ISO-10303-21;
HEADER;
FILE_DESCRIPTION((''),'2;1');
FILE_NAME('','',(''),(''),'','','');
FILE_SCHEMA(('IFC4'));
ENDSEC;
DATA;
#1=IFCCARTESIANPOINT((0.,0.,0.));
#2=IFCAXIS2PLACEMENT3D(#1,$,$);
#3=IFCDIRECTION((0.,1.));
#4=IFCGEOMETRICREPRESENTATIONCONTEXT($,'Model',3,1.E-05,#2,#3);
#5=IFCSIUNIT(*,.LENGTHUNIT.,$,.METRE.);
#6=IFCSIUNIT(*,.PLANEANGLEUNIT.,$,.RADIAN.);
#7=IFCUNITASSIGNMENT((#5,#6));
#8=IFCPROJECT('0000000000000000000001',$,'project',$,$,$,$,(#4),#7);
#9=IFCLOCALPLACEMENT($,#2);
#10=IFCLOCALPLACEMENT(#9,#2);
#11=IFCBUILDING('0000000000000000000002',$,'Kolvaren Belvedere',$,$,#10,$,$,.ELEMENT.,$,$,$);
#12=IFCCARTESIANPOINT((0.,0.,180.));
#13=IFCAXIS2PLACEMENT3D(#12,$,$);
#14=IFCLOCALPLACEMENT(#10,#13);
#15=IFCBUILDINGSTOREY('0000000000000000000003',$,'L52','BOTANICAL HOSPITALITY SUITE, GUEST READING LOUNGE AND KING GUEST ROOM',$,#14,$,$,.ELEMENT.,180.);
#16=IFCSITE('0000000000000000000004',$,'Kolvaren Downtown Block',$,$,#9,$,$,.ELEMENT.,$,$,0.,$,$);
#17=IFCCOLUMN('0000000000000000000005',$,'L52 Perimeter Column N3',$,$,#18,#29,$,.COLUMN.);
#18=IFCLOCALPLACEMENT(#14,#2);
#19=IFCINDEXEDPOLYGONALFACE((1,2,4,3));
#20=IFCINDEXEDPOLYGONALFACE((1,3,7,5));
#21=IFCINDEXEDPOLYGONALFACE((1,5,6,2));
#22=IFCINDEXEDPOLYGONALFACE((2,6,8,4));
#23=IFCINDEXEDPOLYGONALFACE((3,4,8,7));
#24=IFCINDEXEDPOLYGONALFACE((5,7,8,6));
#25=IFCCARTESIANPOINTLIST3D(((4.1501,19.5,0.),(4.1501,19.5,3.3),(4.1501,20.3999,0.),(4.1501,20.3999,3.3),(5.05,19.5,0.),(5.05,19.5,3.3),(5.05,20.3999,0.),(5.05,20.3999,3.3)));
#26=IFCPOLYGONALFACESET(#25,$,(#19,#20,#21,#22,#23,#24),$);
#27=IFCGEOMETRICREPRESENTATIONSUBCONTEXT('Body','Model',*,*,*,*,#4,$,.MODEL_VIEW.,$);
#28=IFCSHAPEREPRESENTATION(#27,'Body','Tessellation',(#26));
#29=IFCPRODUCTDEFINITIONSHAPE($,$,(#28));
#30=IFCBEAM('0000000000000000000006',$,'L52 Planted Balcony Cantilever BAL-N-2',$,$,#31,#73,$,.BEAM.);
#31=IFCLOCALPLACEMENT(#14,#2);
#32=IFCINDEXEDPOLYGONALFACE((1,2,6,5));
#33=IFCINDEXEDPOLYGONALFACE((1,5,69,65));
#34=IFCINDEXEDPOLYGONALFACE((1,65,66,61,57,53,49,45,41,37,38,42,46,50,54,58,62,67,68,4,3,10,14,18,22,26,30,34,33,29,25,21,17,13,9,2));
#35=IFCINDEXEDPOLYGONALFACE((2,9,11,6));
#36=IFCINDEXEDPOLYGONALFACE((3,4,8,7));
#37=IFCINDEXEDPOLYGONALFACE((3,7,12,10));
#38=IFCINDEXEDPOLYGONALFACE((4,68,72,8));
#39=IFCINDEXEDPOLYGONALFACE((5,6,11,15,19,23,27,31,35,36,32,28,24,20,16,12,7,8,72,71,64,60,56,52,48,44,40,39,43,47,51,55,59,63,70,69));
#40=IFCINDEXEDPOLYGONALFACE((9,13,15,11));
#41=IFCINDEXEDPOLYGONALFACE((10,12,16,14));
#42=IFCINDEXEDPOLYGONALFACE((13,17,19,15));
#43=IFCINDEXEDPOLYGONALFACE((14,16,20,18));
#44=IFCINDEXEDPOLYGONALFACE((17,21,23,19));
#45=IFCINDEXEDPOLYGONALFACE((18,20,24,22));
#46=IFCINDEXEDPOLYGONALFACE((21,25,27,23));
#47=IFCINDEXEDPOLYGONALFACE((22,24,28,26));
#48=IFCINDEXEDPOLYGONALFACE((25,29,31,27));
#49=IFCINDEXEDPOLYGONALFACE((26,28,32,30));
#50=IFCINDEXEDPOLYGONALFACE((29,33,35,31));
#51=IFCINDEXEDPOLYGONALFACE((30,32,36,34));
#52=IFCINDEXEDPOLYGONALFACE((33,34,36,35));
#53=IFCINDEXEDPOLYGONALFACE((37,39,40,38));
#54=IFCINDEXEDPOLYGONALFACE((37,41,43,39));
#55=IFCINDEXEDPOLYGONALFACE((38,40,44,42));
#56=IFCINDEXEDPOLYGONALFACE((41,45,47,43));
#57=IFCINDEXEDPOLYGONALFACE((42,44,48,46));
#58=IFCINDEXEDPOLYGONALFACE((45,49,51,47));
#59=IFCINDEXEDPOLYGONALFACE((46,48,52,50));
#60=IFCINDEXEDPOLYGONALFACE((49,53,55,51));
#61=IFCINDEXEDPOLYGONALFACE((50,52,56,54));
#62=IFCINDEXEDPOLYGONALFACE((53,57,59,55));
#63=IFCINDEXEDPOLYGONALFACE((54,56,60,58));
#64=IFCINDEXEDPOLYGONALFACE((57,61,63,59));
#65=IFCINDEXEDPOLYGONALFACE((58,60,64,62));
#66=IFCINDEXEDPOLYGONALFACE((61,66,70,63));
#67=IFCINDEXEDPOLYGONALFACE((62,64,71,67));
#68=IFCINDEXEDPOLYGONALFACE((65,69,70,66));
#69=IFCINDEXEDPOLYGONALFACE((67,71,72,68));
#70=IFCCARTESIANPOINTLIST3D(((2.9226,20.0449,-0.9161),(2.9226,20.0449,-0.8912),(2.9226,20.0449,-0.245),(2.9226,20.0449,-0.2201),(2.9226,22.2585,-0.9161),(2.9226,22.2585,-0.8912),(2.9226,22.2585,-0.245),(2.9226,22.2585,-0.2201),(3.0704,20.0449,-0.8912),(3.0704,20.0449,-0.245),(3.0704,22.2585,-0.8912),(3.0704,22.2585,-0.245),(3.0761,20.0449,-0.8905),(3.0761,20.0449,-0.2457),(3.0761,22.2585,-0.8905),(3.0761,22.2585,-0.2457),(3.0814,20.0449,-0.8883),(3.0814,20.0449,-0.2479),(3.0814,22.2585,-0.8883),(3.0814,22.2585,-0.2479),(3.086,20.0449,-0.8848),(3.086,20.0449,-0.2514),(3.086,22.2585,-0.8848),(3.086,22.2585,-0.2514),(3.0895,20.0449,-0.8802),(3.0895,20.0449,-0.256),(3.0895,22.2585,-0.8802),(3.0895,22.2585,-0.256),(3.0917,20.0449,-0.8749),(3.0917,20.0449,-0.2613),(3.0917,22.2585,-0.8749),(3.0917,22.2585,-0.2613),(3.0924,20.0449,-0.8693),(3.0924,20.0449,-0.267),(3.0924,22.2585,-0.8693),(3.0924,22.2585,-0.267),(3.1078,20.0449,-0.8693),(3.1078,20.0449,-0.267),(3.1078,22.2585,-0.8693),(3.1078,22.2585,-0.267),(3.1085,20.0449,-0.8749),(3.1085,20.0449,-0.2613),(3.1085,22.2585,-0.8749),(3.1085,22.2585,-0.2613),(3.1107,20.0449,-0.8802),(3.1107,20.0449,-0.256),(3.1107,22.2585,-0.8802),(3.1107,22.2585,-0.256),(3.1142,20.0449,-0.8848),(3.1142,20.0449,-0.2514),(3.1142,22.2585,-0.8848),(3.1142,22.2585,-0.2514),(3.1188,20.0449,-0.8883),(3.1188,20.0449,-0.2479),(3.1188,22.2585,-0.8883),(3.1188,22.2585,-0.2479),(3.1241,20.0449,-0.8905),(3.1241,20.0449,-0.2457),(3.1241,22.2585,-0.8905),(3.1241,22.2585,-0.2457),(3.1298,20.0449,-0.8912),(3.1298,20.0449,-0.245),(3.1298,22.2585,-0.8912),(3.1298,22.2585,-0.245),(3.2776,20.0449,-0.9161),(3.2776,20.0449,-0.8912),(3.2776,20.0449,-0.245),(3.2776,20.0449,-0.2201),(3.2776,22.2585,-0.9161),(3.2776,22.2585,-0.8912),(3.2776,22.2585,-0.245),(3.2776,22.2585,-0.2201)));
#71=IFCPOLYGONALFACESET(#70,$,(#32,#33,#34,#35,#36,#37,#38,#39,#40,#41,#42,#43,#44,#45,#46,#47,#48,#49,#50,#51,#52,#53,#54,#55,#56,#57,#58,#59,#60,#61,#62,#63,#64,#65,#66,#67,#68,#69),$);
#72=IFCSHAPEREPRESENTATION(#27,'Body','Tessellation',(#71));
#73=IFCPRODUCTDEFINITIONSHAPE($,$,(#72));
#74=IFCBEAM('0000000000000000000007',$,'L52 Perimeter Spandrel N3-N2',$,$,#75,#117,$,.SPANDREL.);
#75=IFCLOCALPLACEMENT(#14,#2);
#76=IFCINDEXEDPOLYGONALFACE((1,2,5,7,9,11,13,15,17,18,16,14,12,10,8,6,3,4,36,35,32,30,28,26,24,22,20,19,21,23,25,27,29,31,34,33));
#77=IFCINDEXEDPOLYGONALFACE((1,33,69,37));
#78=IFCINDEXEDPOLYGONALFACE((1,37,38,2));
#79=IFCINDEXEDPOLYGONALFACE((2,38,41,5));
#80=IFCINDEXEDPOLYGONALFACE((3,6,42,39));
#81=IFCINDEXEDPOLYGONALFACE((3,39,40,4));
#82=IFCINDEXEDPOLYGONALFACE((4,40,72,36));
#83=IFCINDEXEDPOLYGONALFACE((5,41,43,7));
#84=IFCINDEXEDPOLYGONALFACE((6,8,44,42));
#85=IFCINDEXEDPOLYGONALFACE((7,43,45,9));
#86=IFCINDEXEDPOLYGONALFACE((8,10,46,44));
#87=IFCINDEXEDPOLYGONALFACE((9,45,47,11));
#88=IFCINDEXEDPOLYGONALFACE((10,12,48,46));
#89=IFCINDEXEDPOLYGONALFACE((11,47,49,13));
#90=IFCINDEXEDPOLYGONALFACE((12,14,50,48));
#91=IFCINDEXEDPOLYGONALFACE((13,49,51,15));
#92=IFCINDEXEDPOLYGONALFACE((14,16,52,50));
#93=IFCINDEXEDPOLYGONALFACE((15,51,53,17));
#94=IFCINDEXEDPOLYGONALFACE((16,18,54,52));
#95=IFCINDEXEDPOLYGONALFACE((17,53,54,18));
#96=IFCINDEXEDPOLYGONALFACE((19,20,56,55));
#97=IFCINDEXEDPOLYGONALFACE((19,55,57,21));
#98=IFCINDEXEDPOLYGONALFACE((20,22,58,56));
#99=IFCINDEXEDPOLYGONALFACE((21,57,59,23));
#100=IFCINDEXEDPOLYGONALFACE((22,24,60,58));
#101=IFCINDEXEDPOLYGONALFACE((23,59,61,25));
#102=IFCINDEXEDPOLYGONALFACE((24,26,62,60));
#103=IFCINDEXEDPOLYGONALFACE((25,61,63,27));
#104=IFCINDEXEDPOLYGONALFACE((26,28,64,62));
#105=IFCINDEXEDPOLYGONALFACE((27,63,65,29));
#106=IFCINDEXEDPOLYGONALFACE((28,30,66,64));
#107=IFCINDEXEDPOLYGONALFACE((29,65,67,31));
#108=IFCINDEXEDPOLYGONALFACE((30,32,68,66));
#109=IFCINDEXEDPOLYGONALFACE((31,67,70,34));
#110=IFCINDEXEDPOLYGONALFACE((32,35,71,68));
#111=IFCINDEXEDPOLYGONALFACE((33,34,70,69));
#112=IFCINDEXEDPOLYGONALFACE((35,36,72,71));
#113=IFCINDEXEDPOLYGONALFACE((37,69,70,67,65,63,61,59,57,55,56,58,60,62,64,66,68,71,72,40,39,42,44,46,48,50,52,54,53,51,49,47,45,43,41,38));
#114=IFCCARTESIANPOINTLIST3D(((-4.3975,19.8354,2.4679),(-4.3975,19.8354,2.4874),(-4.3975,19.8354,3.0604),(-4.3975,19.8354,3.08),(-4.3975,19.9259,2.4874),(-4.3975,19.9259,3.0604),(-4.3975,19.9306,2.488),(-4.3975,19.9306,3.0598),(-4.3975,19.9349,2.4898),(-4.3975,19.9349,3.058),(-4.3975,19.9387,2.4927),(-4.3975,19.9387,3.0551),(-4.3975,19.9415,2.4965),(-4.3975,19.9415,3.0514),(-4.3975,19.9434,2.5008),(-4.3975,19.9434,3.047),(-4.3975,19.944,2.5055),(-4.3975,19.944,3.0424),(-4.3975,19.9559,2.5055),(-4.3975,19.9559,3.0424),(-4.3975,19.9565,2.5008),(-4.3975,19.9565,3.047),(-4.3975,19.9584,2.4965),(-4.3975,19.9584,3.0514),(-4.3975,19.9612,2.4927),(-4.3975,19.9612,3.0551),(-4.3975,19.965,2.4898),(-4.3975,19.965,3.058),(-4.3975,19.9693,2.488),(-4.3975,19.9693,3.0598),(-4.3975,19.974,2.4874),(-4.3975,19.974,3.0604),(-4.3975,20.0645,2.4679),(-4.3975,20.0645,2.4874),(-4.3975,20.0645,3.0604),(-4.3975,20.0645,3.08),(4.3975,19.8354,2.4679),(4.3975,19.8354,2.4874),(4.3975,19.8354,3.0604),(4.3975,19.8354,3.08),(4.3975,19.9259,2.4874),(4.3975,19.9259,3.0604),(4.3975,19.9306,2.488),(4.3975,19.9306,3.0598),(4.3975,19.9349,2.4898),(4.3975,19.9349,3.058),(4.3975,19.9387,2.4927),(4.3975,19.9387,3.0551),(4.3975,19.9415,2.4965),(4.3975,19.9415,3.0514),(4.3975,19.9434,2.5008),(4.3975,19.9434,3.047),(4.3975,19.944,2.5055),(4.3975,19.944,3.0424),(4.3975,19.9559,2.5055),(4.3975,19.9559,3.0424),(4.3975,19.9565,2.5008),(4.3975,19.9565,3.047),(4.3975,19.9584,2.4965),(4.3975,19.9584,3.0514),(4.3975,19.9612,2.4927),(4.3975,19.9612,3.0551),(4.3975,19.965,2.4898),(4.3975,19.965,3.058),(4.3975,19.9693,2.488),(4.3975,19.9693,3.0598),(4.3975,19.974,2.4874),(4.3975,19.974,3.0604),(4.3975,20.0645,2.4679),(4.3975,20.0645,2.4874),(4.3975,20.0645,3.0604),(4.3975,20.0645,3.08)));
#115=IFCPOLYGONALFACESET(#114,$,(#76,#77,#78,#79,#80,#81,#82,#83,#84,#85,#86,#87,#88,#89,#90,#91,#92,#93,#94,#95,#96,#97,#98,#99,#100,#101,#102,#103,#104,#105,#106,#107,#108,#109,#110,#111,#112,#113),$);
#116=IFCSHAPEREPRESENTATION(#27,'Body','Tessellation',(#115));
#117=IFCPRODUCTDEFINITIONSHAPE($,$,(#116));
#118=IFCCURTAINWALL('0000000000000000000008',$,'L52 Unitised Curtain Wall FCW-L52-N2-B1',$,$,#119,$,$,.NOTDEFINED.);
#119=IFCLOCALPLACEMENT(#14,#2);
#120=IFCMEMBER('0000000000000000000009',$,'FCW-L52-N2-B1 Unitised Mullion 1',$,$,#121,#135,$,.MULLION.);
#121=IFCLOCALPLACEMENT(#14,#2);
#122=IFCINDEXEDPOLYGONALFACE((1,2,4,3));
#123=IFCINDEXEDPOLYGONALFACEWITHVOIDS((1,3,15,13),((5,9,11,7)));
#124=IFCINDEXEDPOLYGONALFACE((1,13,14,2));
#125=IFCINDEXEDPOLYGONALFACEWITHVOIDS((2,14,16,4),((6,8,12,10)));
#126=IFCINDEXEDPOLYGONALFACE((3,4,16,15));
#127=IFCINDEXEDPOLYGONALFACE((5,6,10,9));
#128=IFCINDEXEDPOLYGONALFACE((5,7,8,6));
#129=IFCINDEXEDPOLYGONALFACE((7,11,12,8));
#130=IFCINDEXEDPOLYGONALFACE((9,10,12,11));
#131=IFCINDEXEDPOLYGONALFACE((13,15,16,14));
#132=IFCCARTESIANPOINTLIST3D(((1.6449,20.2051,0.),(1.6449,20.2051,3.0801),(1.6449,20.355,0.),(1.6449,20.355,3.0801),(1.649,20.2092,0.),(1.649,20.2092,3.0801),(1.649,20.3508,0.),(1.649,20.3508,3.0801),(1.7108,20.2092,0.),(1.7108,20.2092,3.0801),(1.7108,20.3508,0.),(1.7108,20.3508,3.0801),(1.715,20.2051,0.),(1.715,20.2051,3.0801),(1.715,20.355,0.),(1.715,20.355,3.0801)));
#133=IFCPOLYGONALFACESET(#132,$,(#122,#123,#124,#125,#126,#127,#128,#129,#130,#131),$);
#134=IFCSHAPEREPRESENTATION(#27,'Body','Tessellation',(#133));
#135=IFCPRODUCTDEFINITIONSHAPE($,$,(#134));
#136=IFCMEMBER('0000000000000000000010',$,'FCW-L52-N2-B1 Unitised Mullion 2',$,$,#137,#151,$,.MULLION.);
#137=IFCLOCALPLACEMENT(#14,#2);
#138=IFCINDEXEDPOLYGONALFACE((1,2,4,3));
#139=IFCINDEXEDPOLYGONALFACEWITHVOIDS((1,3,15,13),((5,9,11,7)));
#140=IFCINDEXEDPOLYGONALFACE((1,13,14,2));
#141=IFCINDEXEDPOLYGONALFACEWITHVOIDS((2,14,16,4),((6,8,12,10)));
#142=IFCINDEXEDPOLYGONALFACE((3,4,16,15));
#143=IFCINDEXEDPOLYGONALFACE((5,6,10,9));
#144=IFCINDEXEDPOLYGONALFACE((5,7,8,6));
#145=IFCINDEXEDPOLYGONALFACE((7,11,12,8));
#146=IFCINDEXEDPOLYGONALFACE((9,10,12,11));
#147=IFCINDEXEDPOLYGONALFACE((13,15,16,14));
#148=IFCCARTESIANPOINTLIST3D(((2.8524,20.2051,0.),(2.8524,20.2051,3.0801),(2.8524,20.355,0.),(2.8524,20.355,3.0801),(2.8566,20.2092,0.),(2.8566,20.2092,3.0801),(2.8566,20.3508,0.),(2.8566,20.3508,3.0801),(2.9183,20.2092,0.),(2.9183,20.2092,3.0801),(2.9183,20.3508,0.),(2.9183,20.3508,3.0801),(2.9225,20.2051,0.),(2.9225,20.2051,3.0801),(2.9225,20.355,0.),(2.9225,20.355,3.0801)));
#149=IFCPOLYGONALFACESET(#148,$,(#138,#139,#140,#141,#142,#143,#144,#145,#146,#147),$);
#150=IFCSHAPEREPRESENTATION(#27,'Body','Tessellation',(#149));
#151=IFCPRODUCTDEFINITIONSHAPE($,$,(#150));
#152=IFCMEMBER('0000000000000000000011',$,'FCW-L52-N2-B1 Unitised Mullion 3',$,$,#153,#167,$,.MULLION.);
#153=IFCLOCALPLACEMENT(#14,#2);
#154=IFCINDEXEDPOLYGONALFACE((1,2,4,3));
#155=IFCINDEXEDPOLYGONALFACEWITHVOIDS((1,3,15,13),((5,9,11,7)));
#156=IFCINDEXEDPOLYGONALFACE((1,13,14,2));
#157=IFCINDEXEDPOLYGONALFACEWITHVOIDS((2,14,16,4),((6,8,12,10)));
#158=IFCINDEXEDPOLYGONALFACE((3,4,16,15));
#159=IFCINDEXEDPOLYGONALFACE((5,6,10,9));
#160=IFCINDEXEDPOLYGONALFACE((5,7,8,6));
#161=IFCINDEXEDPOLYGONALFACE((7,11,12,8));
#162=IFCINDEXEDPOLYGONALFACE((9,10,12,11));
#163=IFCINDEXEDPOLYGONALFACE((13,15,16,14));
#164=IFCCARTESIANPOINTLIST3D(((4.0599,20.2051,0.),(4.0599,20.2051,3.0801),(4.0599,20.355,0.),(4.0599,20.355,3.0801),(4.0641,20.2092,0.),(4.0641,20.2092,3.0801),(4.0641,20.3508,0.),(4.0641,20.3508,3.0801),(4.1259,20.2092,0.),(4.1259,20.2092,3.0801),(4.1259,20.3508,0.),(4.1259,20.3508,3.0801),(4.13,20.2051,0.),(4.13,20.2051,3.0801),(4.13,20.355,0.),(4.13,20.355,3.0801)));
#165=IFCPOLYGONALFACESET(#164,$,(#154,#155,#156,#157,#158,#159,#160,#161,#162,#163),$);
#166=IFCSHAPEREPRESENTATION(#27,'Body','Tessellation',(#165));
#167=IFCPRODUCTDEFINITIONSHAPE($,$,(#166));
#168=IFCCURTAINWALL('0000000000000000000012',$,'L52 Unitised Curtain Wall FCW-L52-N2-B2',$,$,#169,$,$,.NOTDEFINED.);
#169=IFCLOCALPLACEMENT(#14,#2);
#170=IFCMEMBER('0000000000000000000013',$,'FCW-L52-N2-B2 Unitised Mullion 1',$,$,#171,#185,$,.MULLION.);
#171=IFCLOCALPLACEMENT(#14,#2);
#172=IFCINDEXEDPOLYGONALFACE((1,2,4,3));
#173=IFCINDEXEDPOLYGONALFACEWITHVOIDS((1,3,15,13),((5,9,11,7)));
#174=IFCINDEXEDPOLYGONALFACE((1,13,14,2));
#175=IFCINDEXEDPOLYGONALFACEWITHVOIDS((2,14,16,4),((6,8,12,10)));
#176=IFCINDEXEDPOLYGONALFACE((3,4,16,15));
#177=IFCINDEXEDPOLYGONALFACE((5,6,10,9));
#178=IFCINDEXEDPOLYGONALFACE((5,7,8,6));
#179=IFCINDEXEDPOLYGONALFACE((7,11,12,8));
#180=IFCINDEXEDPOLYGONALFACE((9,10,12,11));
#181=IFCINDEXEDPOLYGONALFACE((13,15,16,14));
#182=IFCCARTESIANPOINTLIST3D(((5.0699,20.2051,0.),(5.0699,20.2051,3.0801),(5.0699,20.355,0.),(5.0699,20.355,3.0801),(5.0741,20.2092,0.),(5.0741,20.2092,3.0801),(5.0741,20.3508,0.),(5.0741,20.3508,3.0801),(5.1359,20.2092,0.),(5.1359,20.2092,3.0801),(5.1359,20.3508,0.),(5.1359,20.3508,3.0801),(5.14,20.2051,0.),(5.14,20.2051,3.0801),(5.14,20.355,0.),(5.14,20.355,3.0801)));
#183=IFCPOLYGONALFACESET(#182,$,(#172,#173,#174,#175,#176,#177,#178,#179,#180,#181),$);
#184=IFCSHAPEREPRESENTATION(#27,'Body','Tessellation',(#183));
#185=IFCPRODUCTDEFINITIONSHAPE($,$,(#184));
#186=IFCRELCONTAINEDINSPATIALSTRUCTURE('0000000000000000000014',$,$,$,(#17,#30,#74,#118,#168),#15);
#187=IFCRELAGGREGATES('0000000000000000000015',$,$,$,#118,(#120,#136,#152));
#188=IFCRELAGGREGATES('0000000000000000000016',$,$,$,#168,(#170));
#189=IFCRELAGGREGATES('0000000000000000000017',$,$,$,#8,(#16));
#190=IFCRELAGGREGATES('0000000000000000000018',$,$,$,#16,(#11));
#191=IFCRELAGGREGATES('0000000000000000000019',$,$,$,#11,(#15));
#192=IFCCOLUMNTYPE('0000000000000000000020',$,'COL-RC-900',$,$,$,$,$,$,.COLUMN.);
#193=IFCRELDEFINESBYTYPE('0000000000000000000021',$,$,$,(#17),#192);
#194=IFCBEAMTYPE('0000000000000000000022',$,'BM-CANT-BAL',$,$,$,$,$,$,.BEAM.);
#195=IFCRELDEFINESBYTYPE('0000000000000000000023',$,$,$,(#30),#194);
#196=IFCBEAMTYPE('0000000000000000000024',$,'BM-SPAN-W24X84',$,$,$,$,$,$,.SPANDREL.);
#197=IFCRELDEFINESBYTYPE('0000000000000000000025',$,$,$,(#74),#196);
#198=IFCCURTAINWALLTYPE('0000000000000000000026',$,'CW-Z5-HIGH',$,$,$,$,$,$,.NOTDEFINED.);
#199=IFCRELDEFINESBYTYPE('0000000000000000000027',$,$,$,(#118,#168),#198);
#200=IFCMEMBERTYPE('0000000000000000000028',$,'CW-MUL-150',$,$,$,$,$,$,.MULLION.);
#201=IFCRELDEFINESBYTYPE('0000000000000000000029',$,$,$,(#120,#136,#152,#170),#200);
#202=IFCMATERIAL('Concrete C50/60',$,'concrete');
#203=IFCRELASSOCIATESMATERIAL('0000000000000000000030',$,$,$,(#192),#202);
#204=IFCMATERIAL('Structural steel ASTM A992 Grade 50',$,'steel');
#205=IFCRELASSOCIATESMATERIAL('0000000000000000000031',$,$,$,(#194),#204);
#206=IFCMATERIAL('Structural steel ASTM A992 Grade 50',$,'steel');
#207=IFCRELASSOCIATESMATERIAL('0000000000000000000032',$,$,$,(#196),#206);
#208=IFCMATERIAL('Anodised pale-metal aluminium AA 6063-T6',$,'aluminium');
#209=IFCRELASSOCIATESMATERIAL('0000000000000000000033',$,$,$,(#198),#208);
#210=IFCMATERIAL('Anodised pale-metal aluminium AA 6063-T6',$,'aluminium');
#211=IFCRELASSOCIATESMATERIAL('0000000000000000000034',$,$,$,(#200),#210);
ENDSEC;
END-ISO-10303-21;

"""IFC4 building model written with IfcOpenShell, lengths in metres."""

from ifc_helpers import new_model, si_unit, direction, frame, origin, origin_2d, place, context, subcontext, project, spatial, rectangle, hollow_rectangle, i_section, extrude, material, material_profile, profile_set, type_object, element, aggregate, save


model = new_model("IFC4")

# Units and contexts
model_context = context("Model", 3, precision=1e-05, world=origin(), true_north=direction((0.0, 1.0)))
body_context = subcontext(model_context, "Body", "Model", "MODEL_VIEW")
ifc_project = project(units=[si_unit("LENGTHUNIT", "METRE"), si_unit("PLANEANGLEUNIT", "RADIAN")], contexts=[model_context])

# Site, building, storey
site_placement = place(None, origin())
site = spatial("IfcSite", under=ifc_project, at=site_placement, Name="Kolvaren Downtown Block", CompositionType="ELEMENT", RefElevation=0.0)
building_placement = place(site_placement, origin())
building = spatial("IfcBuilding", under=site, at=building_placement, Name="Kolvaren Belvedere", CompositionType="ELEMENT")
storey_placement = place(building_placement, frame((0.0, 0.0, 180.0)))
storey = spatial("IfcBuildingStorey", under=building, at=storey_placement, Name="L52", Description="BOTANICAL HOSPITALITY SUITE, GUEST READING LOUNGE AND KING GUEST ROOM", CompositionType="ELEMENT", Elevation=180.0)

# Column
ifc_material_1 = material(Name="Concrete C50/60", Category="concrete")
ifc_material_profile_1 = material_profile(ifc_material_1, rectangle(XDim=0.8999, YDim=0.8999, at=origin_2d()), Name="RC 900X900")
ifc_profile_set_1 = profile_set([ifc_material_profile_1], Name="Concrete C50/60")
column_type = type_object("IfcColumnType", Name="COL-RC-900", PredefinedType="COLUMN", material=ifc_profile_set_1)
column_placement = place(storey_placement, frame((4.6001, 19.95, 0.0), z_axis=(0.0, 0.0, 1.0), x_axis=(1.0, 0.0, 0.0)))
element("IfcColumn", 1, at=column_placement, inside=storey, type_object=column_type, Name="L52 Perimeter Column N3", PredefinedType="COLUMN", context=body_context, shape_type="SweptSolid", body=[
    extrude(rectangle(XDim=0.8999, YDim=0.8999, at=origin_2d()), origin(), (0.0, 0.0, 1.0), 3.3),
])

# Beams
ifc_material_2 = material(Name="Structural steel ASTM A992 Grade 50", Category="steel")
ifc_material_profile_2 = material_profile(ifc_material_2, i_section(OverallWidth=0.355, OverallDepth=0.696, WebThickness=0.0154, FlangeThickness=0.0249, FilletRadius=0.022, at=origin_2d()), Name="W27X146")
ifc_profile_set_2 = profile_set([ifc_material_profile_2], Name="Structural steel ASTM A992 Grade 50")
beam_type_1 = type_object("IfcBeamType", Name="BM-CANT-BAL", PredefinedType="BEAM", material=ifc_profile_set_2)
beam_1_placement = place(storey_placement, frame((3.1001, 20.0449, -0.5681), z_axis=(0.0, 1.0, 0.0), x_axis=(-1.0, 0.0, 0.0)))
element("IfcBeam", 2, at=beam_1_placement, inside=storey, type_object=beam_type_1, Name="L52 Planted Balcony Cantilever BAL-N-2", PredefinedType="BEAM", context=body_context, shape_type="SweptSolid", body=[
    extrude(i_section(OverallWidth=0.355, OverallDepth=0.696, WebThickness=0.0154, FlangeThickness=0.0249, FilletRadius=0.022, at=origin_2d()), origin(), (0.0, 0.0, 1.0), 2.2136),
])
ifc_material_3 = material(Name="Structural steel ASTM A992 Grade 50", Category="steel")
ifc_material_profile_3 = material_profile(ifc_material_3, i_section(OverallWidth=0.229, OverallDepth=0.6121, WebThickness=0.012, FlangeThickness=0.0195, FilletRadius=0.0181, at=origin_2d()), Name="W24X84")
ifc_profile_set_3 = profile_set([ifc_material_profile_3], Name="Structural steel ASTM A992 Grade 50")
beam_type_2 = type_object("IfcBeamType", Name="BM-SPAN-W24X84", PredefinedType="SPANDREL", material=ifc_profile_set_3)
beam_2_placement = place(storey_placement, frame((4.3975, 19.95, 2.7739), z_axis=(-1.0, 0.0, 0.0), x_axis=(0.0, -1.0, 0.0)))
element("IfcBeam", 3, at=beam_2_placement, inside=storey, type_object=beam_type_2, Name="L52 Perimeter Spandrel N3-N2", PredefinedType="SPANDREL", context=body_context, shape_type="SweptSolid", body=[
    extrude(i_section(OverallWidth=0.229, OverallDepth=0.6121, WebThickness=0.012, FlangeThickness=0.0195, FilletRadius=0.0181, at=origin_2d()), origin(), (0.0, 0.0, 1.0), 8.7949),
])

# Curtain wall, members
ifc_material_4 = material(Name="Anodised pale-metal aluminium AA 6063-T6", Category="aluminium")
curtain_wall_type = type_object("IfcCurtainWallType", Name="CW-Z5-HIGH", PredefinedType="NOTDEFINED", material=ifc_material_4)
curtain_wall_1_placement = place(storey_placement, origin())
curtain_wall_1 = element("IfcCurtainWall", 4, at=curtain_wall_1_placement, inside=storey, type_object=curtain_wall_type, Name="L52 Unitised Curtain Wall FCW-L52-N2-B1", PredefinedType="NOTDEFINED")
ifc_material_5 = material(Name="Anodised pale-metal aluminium AA 6063-T6", Category="aluminium")
ifc_material_profile_4 = material_profile(ifc_material_5, hollow_rectangle(XDim=0.0701, YDim=0.1499, WallThickness=0.0042, at=origin_2d()), Name="ALU-MUL-150X70")
ifc_profile_set_4 = profile_set([ifc_material_profile_4], Name="Anodised pale-metal aluminium AA 6063-T6")
member_type_1 = type_object("IfcMemberType", Name="CW-MUL-150", PredefinedType="MULLION", material=ifc_profile_set_4)
member_1_placement = place(storey_placement, frame((1.6799, 20.28, 0.0), z_axis=(0.0, 0.0, 1.0), x_axis=(1.0, 0.0, 0.0)))
member_1 = element("IfcMember", 5, at=member_1_placement, type_object=member_type_1, Name="FCW-L52-N2-B1 Unitised Mullion 1", PredefinedType="MULLION", context=body_context, shape_type="SweptSolid", body=[
    extrude(hollow_rectangle(XDim=0.0701, YDim=0.1499, WallThickness=0.0042, at=origin_2d()), origin(), (0.0, 0.0, 1.0), 3.0801),
])
member_2_placement = place(storey_placement, frame((2.8875, 20.28, 0.0), z_axis=(0.0, 0.0, 1.0), x_axis=(1.0, 0.0, 0.0)))
member_2 = element("IfcMember", 6, at=member_2_placement, type_object=member_type_1, Name="FCW-L52-N2-B1 Unitised Mullion 2", PredefinedType="MULLION", context=body_context, shape_type="SweptSolid", body=[
    extrude(hollow_rectangle(XDim=0.0701, YDim=0.1499, WallThickness=0.0042, at=origin_2d()), origin(), (0.0, 0.0, 1.0), 3.0801),
])
member_3_placement = place(storey_placement, frame((4.095, 20.28, 0.0), z_axis=(0.0, 0.0, 1.0), x_axis=(1.0, 0.0, 0.0)))
member_3 = element("IfcMember", 7, at=member_3_placement, type_object=member_type_1, Name="FCW-L52-N2-B1 Unitised Mullion 3", PredefinedType="MULLION", context=body_context, shape_type="SweptSolid", body=[
    extrude(hollow_rectangle(XDim=0.0701, YDim=0.1499, WallThickness=0.0042, at=origin_2d()), origin(), (0.0, 0.0, 1.0), 3.0801),
])

# Curtain wall, member
curtain_wall_2_placement = place(storey_placement, origin())
curtain_wall_2 = element("IfcCurtainWall", 8, at=curtain_wall_2_placement, inside=storey, type_object=curtain_wall_type, Name="L52 Unitised Curtain Wall FCW-L52-N2-B2", PredefinedType="NOTDEFINED")
member_4_placement = place(storey_placement, frame((5.105, 20.28, 0.0), z_axis=(0.0, 0.0, 1.0), x_axis=(1.0, 0.0, 0.0)))
member_4 = element("IfcMember", 9, at=member_4_placement, type_object=member_type_1, Name="FCW-L52-N2-B2 Unitised Mullion 1", PredefinedType="MULLION", context=body_context, shape_type="SweptSolid", body=[
    extrude(hollow_rectangle(XDim=0.0701, YDim=0.1499, WallThickness=0.0042, at=origin_2d()), origin(), (0.0, 0.0, 1.0), 3.0801),
])

aggregate(curtain_wall_1, [member_1, member_2, member_3])
aggregate(curtain_wall_2, [member_4])

save(model, "model.ifc")
